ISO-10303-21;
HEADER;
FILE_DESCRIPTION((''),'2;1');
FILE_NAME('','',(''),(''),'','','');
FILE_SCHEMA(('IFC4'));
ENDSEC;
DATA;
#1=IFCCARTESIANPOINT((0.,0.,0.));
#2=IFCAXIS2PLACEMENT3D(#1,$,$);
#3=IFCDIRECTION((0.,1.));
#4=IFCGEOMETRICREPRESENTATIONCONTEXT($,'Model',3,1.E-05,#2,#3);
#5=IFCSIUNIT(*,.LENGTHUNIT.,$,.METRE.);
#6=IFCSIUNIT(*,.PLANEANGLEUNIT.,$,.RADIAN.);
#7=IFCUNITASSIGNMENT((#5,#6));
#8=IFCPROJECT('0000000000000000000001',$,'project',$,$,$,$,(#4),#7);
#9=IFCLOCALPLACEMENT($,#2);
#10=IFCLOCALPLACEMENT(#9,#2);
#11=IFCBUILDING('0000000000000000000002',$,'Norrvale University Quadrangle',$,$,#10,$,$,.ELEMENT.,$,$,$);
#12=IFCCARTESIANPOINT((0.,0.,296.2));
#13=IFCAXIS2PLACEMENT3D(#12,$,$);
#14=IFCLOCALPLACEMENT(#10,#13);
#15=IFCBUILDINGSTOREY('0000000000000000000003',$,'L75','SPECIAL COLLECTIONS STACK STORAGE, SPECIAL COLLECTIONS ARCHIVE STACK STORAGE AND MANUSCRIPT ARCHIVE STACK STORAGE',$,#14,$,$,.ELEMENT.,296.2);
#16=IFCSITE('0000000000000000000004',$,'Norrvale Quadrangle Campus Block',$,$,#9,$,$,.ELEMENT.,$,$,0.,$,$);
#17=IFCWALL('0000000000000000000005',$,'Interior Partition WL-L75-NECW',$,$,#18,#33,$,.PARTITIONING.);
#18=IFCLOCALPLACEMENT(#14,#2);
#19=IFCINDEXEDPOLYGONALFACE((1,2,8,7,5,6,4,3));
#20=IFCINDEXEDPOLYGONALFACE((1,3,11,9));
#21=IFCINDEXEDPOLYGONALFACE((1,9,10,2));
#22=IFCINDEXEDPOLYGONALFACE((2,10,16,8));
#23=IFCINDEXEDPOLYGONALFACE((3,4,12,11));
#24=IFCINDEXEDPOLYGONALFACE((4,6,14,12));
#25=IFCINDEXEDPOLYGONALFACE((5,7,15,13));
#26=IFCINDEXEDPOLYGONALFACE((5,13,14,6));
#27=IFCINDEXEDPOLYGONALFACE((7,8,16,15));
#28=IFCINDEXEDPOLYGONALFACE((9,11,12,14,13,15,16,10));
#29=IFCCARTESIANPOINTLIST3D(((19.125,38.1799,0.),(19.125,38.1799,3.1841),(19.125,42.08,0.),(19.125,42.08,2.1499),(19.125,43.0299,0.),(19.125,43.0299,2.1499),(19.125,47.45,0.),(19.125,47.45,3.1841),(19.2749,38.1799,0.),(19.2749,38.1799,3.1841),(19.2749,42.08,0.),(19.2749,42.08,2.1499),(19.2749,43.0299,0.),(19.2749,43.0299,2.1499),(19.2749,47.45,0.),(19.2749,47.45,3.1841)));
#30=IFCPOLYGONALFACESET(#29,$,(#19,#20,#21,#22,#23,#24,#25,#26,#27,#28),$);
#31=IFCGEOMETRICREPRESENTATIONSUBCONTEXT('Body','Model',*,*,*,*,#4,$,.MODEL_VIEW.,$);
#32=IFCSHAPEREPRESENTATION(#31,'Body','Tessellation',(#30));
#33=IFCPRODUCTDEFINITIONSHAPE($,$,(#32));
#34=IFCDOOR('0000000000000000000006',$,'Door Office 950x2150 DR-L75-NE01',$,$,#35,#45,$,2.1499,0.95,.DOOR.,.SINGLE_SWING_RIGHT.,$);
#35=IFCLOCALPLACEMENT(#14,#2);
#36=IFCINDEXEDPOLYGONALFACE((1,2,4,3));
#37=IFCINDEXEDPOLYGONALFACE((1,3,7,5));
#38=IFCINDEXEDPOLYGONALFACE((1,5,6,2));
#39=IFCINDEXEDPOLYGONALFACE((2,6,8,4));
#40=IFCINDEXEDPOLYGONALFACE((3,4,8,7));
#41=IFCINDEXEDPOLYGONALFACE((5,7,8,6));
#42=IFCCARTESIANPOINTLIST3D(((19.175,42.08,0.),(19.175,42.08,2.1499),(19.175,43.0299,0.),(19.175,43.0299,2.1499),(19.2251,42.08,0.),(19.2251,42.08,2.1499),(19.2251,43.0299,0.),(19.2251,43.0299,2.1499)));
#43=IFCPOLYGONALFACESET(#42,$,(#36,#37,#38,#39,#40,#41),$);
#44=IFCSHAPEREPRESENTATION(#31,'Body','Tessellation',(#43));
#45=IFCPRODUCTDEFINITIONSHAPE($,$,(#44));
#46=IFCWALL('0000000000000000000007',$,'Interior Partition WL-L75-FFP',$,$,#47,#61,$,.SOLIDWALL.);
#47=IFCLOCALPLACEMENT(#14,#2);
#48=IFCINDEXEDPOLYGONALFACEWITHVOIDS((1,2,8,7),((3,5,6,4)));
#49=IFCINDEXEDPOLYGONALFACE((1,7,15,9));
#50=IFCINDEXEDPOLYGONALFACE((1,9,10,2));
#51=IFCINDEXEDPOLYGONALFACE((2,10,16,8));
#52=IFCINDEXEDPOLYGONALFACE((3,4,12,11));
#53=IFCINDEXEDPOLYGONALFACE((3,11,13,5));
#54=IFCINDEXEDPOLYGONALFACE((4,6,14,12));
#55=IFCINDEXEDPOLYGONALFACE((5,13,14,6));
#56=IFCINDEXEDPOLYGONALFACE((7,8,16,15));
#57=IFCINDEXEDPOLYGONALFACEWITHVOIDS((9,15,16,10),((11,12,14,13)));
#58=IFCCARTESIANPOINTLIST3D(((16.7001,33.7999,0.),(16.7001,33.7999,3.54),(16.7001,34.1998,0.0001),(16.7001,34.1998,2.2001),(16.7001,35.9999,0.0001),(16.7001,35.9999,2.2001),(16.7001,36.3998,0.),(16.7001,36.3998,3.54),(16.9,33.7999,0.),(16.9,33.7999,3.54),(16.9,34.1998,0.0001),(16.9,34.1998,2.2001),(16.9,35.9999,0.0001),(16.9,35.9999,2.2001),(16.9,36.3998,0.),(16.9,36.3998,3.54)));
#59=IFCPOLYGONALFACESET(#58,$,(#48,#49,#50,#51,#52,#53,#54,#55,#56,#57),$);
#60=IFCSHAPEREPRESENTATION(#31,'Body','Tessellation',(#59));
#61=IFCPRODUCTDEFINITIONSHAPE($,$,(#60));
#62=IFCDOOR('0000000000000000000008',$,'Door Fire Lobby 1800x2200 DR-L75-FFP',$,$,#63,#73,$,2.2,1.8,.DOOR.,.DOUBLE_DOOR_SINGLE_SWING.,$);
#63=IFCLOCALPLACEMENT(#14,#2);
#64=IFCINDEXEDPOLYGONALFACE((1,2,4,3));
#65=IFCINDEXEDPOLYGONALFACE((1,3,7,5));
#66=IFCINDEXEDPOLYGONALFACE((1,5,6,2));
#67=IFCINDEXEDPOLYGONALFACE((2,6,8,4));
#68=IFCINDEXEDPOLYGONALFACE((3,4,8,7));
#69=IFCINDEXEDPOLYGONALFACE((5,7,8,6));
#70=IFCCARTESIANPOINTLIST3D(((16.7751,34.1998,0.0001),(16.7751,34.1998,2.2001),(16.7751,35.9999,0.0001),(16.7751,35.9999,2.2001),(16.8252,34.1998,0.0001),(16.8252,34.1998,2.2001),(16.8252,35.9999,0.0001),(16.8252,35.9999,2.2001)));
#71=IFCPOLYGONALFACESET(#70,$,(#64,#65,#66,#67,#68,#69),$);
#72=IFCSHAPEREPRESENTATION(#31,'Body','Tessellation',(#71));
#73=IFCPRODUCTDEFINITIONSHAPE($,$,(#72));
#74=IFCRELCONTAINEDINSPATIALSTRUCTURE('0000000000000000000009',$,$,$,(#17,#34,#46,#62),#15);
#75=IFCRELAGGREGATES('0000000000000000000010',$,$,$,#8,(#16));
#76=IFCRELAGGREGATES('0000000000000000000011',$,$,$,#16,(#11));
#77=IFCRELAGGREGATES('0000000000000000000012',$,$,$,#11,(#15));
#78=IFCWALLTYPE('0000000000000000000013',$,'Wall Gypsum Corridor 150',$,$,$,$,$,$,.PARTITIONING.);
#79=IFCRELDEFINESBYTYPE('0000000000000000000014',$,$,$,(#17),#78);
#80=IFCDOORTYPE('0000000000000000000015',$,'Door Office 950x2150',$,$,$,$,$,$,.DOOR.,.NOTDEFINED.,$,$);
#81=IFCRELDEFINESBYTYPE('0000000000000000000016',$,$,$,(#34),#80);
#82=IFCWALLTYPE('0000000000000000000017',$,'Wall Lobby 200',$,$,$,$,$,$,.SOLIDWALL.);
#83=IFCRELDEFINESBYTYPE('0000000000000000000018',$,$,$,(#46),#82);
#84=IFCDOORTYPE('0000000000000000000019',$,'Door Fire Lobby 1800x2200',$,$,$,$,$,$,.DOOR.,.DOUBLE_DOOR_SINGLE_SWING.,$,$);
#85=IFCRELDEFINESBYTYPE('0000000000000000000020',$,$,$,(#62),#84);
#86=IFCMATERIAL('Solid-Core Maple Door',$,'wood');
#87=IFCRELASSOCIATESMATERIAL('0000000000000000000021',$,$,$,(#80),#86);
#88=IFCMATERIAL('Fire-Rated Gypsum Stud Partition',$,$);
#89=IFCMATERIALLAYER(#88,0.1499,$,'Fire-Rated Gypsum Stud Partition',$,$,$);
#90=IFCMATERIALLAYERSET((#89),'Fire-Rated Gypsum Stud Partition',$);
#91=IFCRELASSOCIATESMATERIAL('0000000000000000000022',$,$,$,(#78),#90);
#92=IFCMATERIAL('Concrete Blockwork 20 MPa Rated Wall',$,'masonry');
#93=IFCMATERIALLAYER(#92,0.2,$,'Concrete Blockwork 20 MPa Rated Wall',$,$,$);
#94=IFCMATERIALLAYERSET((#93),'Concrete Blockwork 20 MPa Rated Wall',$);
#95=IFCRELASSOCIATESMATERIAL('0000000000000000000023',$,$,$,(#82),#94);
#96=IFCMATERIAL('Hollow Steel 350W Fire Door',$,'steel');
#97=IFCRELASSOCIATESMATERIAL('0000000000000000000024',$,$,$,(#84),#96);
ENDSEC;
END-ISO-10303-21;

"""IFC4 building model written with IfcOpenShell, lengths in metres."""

from ifc_helpers import new_model, si_unit, direction, frame, frame_2d, origin, place, context, subcontext, project, spatial, rectangle, extrude, material, layer, layer_set, type_object, element, fill, save


model = new_model("IFC4")

# Units and contexts
model_context = context("Model", 3, precision=1e-05, world=origin(), true_north=direction((0.0, 1.0)))
body_context = subcontext(model_context, "Body", "Model", "MODEL_VIEW")
ifc_project = project(units=[si_unit("LENGTHUNIT", "METRE"), si_unit("PLANEANGLEUNIT", "RADIAN")], contexts=[model_context])

# Site, building, storey
site_placement = place(None, origin())
site = spatial("IfcSite", under=ifc_project, at=site_placement, Name="Norrvale Quadrangle Campus Block", CompositionType="ELEMENT", RefElevation=0.0)
building_placement = place(site_placement, origin())
building = spatial("IfcBuilding", under=site, at=building_placement, Name="Norrvale University Quadrangle", CompositionType="ELEMENT")
storey_placement = place(building_placement, frame((0.0, 0.0, 296.2)))
storey = spatial("IfcBuildingStorey", under=building, at=storey_placement, Name="L75", Description="SPECIAL COLLECTIONS STACK STORAGE, SPECIAL COLLECTIONS ARCHIVE STACK STORAGE AND MANUSCRIPT ARCHIVE STACK STORAGE", CompositionType="ELEMENT", Elevation=296.2)

# Shared definitions
ifc_material_1 = material(Name="Solid-Core Maple Door", Category="wood")
door_type_1 = type_object("IfcDoorType", Name="Door Office 950x2150", OperationType="NOTDEFINED", PredefinedType="DOOR", material=ifc_material_1)

# Shared definitions
ifc_material_2 = material(Name="Fire-Rated Gypsum Stud Partition")
ifc_layer_1 = layer(ifc_material_2, 0.1499, Name="Fire-Rated Gypsum Stud Partition")
ifc_layer_set_1 = layer_set([ifc_layer_1], Name="Fire-Rated Gypsum Stud Partition")
wall_type_1 = type_object("IfcWallType", Name="Wall Gypsum Corridor 150", PredefinedType="PARTITIONING", material=ifc_layer_set_1)

# Walls, openings, doors
wall_1_placement = place(storey_placement, frame((19.2, 38.1799, 0.0), z_axis=(0.0, 0.0, 1.0), x_axis=(0.0, 1.0, 0.0)))
wall_1 = element("IfcWall", 1, at=wall_1_placement, inside=storey, type_object=wall_type_1, Name="Interior Partition WL-L75-NECW", PredefinedType="PARTITIONING", context=body_context, shape_type="SweptSolid", body=[
    extrude(rectangle(XDim=9.27, YDim=0.1499, at=frame_2d((4.635, 0.0))), origin(), (0.0, 0.0, 1.0), 3.1841),
])
opening_1_placement = place(wall_1_placement, frame((3.8999, 0.0, 0.0)))
opening_1 = element("IfcOpeningElement", 2, at=opening_1_placement, cuts=wall_1, PredefinedType="OPENING", context=body_context, shape_type="SweptSolid", body=[
    extrude(rectangle(XDim=0.95, YDim=2.1499, at=frame_2d((0.4751, 1.075))), frame((0.0, 0.0869, 0.0), z_axis=(0.0, -1.0, 0.0), x_axis=(1.0, 0.0, 0.0)), (0.0, 0.0, 1.0), 0.1738),
])
door_1_placement = place(opening_1_placement, origin())
door_1 = element("IfcDoor", 3, at=door_1_placement, inside=storey, type_object=door_type_1, Name="Door Office 950x2150 DR-L75-NE01", OperationType="SINGLE_SWING_RIGHT", OverallHeight=2.1499, OverallWidth=0.95, PredefinedType="DOOR", context=body_context, shape_type="SweptSolid", body=[
    extrude(rectangle(XDim=0.95, YDim=2.1499, at=frame_2d((0.4751, 1.075))), frame((0.0, 0.0249, 0.0), z_axis=(0.0, -1.0, 0.0), x_axis=(1.0, 0.0, 0.0)), (0.0, 0.0, 1.0), 0.05),
])
fill(opening_1, door_1)
ifc_material_3 = material(Name="Concrete Blockwork 20 MPa Rated Wall", Category="masonry")
ifc_layer_2 = layer(ifc_material_3, 0.2, Name="Concrete Blockwork 20 MPa Rated Wall")
ifc_layer_set_2 = layer_set([ifc_layer_2], Name="Concrete Blockwork 20 MPa Rated Wall")
wall_type_2 = type_object("IfcWallType", Name="Wall Lobby 200", PredefinedType="SOLIDWALL", material=ifc_layer_set_2)
wall_2_placement = place(storey_placement, frame((16.8, 33.8, 0.0), z_axis=(0.0, 0.0, 1.0), x_axis=(0.0, 1.0, 0.0)))
wall_2 = element("IfcWall", 4, at=wall_2_placement, inside=storey, type_object=wall_type_2, Name="Interior Partition WL-L75-FFP", PredefinedType="SOLIDWALL", context=body_context, shape_type="SweptSolid", body=[
    extrude(rectangle(XDim=2.5999, YDim=0.2, at=frame_2d((1.2998, 0.0))), origin(), (0.0, 0.0, 1.0), 3.54),
])
opening_2_placement = place(wall_2_placement, frame((0.3999, 0.0, 0.0)))
opening_2 = element("IfcOpeningElement", 5, at=opening_2_placement, cuts=wall_2, PredefinedType="OPENING", context=body_context, shape_type="SweptSolid", body=[
    extrude(rectangle(XDim=1.8, YDim=2.2, at=frame_2d((0.8999, 1.1001))), frame((0.0, 0.1121, 0.0), z_axis=(0.0, -1.0, 0.0), x_axis=(1.0, 0.0, 0.0)), (0.0, 0.0, 1.0), 0.2239),
])
ifc_material_4 = material(Name="Hollow Steel 350W Fire Door", Category="steel")
door_type_2 = type_object("IfcDoorType", Name="Door Fire Lobby 1800x2200", OperationType="DOUBLE_DOOR_SINGLE_SWING", PredefinedType="DOOR", material=ifc_material_4)
door_2_placement = place(opening_2_placement, origin())
door_2 = element("IfcDoor", 6, at=door_2_placement, inside=storey, type_object=door_type_2, Name="Door Fire Lobby 1800x2200 DR-L75-FFP", OperationType="DOUBLE_DOOR_SINGLE_SWING", OverallHeight=2.2, OverallWidth=1.8, PredefinedType="DOOR", context=body_context, shape_type="SweptSolid", body=[
    extrude(rectangle(XDim=1.8, YDim=2.2, at=frame_2d((0.8999, 1.1001))), frame((0.0, 0.0249, 0.0), z_axis=(0.0, -1.0, 0.0), x_axis=(1.0, 0.0, 0.0)), (0.0, 0.0, 1.0), 0.05),
])
fill(opening_2, door_2)

save(model, "model.ifc")
